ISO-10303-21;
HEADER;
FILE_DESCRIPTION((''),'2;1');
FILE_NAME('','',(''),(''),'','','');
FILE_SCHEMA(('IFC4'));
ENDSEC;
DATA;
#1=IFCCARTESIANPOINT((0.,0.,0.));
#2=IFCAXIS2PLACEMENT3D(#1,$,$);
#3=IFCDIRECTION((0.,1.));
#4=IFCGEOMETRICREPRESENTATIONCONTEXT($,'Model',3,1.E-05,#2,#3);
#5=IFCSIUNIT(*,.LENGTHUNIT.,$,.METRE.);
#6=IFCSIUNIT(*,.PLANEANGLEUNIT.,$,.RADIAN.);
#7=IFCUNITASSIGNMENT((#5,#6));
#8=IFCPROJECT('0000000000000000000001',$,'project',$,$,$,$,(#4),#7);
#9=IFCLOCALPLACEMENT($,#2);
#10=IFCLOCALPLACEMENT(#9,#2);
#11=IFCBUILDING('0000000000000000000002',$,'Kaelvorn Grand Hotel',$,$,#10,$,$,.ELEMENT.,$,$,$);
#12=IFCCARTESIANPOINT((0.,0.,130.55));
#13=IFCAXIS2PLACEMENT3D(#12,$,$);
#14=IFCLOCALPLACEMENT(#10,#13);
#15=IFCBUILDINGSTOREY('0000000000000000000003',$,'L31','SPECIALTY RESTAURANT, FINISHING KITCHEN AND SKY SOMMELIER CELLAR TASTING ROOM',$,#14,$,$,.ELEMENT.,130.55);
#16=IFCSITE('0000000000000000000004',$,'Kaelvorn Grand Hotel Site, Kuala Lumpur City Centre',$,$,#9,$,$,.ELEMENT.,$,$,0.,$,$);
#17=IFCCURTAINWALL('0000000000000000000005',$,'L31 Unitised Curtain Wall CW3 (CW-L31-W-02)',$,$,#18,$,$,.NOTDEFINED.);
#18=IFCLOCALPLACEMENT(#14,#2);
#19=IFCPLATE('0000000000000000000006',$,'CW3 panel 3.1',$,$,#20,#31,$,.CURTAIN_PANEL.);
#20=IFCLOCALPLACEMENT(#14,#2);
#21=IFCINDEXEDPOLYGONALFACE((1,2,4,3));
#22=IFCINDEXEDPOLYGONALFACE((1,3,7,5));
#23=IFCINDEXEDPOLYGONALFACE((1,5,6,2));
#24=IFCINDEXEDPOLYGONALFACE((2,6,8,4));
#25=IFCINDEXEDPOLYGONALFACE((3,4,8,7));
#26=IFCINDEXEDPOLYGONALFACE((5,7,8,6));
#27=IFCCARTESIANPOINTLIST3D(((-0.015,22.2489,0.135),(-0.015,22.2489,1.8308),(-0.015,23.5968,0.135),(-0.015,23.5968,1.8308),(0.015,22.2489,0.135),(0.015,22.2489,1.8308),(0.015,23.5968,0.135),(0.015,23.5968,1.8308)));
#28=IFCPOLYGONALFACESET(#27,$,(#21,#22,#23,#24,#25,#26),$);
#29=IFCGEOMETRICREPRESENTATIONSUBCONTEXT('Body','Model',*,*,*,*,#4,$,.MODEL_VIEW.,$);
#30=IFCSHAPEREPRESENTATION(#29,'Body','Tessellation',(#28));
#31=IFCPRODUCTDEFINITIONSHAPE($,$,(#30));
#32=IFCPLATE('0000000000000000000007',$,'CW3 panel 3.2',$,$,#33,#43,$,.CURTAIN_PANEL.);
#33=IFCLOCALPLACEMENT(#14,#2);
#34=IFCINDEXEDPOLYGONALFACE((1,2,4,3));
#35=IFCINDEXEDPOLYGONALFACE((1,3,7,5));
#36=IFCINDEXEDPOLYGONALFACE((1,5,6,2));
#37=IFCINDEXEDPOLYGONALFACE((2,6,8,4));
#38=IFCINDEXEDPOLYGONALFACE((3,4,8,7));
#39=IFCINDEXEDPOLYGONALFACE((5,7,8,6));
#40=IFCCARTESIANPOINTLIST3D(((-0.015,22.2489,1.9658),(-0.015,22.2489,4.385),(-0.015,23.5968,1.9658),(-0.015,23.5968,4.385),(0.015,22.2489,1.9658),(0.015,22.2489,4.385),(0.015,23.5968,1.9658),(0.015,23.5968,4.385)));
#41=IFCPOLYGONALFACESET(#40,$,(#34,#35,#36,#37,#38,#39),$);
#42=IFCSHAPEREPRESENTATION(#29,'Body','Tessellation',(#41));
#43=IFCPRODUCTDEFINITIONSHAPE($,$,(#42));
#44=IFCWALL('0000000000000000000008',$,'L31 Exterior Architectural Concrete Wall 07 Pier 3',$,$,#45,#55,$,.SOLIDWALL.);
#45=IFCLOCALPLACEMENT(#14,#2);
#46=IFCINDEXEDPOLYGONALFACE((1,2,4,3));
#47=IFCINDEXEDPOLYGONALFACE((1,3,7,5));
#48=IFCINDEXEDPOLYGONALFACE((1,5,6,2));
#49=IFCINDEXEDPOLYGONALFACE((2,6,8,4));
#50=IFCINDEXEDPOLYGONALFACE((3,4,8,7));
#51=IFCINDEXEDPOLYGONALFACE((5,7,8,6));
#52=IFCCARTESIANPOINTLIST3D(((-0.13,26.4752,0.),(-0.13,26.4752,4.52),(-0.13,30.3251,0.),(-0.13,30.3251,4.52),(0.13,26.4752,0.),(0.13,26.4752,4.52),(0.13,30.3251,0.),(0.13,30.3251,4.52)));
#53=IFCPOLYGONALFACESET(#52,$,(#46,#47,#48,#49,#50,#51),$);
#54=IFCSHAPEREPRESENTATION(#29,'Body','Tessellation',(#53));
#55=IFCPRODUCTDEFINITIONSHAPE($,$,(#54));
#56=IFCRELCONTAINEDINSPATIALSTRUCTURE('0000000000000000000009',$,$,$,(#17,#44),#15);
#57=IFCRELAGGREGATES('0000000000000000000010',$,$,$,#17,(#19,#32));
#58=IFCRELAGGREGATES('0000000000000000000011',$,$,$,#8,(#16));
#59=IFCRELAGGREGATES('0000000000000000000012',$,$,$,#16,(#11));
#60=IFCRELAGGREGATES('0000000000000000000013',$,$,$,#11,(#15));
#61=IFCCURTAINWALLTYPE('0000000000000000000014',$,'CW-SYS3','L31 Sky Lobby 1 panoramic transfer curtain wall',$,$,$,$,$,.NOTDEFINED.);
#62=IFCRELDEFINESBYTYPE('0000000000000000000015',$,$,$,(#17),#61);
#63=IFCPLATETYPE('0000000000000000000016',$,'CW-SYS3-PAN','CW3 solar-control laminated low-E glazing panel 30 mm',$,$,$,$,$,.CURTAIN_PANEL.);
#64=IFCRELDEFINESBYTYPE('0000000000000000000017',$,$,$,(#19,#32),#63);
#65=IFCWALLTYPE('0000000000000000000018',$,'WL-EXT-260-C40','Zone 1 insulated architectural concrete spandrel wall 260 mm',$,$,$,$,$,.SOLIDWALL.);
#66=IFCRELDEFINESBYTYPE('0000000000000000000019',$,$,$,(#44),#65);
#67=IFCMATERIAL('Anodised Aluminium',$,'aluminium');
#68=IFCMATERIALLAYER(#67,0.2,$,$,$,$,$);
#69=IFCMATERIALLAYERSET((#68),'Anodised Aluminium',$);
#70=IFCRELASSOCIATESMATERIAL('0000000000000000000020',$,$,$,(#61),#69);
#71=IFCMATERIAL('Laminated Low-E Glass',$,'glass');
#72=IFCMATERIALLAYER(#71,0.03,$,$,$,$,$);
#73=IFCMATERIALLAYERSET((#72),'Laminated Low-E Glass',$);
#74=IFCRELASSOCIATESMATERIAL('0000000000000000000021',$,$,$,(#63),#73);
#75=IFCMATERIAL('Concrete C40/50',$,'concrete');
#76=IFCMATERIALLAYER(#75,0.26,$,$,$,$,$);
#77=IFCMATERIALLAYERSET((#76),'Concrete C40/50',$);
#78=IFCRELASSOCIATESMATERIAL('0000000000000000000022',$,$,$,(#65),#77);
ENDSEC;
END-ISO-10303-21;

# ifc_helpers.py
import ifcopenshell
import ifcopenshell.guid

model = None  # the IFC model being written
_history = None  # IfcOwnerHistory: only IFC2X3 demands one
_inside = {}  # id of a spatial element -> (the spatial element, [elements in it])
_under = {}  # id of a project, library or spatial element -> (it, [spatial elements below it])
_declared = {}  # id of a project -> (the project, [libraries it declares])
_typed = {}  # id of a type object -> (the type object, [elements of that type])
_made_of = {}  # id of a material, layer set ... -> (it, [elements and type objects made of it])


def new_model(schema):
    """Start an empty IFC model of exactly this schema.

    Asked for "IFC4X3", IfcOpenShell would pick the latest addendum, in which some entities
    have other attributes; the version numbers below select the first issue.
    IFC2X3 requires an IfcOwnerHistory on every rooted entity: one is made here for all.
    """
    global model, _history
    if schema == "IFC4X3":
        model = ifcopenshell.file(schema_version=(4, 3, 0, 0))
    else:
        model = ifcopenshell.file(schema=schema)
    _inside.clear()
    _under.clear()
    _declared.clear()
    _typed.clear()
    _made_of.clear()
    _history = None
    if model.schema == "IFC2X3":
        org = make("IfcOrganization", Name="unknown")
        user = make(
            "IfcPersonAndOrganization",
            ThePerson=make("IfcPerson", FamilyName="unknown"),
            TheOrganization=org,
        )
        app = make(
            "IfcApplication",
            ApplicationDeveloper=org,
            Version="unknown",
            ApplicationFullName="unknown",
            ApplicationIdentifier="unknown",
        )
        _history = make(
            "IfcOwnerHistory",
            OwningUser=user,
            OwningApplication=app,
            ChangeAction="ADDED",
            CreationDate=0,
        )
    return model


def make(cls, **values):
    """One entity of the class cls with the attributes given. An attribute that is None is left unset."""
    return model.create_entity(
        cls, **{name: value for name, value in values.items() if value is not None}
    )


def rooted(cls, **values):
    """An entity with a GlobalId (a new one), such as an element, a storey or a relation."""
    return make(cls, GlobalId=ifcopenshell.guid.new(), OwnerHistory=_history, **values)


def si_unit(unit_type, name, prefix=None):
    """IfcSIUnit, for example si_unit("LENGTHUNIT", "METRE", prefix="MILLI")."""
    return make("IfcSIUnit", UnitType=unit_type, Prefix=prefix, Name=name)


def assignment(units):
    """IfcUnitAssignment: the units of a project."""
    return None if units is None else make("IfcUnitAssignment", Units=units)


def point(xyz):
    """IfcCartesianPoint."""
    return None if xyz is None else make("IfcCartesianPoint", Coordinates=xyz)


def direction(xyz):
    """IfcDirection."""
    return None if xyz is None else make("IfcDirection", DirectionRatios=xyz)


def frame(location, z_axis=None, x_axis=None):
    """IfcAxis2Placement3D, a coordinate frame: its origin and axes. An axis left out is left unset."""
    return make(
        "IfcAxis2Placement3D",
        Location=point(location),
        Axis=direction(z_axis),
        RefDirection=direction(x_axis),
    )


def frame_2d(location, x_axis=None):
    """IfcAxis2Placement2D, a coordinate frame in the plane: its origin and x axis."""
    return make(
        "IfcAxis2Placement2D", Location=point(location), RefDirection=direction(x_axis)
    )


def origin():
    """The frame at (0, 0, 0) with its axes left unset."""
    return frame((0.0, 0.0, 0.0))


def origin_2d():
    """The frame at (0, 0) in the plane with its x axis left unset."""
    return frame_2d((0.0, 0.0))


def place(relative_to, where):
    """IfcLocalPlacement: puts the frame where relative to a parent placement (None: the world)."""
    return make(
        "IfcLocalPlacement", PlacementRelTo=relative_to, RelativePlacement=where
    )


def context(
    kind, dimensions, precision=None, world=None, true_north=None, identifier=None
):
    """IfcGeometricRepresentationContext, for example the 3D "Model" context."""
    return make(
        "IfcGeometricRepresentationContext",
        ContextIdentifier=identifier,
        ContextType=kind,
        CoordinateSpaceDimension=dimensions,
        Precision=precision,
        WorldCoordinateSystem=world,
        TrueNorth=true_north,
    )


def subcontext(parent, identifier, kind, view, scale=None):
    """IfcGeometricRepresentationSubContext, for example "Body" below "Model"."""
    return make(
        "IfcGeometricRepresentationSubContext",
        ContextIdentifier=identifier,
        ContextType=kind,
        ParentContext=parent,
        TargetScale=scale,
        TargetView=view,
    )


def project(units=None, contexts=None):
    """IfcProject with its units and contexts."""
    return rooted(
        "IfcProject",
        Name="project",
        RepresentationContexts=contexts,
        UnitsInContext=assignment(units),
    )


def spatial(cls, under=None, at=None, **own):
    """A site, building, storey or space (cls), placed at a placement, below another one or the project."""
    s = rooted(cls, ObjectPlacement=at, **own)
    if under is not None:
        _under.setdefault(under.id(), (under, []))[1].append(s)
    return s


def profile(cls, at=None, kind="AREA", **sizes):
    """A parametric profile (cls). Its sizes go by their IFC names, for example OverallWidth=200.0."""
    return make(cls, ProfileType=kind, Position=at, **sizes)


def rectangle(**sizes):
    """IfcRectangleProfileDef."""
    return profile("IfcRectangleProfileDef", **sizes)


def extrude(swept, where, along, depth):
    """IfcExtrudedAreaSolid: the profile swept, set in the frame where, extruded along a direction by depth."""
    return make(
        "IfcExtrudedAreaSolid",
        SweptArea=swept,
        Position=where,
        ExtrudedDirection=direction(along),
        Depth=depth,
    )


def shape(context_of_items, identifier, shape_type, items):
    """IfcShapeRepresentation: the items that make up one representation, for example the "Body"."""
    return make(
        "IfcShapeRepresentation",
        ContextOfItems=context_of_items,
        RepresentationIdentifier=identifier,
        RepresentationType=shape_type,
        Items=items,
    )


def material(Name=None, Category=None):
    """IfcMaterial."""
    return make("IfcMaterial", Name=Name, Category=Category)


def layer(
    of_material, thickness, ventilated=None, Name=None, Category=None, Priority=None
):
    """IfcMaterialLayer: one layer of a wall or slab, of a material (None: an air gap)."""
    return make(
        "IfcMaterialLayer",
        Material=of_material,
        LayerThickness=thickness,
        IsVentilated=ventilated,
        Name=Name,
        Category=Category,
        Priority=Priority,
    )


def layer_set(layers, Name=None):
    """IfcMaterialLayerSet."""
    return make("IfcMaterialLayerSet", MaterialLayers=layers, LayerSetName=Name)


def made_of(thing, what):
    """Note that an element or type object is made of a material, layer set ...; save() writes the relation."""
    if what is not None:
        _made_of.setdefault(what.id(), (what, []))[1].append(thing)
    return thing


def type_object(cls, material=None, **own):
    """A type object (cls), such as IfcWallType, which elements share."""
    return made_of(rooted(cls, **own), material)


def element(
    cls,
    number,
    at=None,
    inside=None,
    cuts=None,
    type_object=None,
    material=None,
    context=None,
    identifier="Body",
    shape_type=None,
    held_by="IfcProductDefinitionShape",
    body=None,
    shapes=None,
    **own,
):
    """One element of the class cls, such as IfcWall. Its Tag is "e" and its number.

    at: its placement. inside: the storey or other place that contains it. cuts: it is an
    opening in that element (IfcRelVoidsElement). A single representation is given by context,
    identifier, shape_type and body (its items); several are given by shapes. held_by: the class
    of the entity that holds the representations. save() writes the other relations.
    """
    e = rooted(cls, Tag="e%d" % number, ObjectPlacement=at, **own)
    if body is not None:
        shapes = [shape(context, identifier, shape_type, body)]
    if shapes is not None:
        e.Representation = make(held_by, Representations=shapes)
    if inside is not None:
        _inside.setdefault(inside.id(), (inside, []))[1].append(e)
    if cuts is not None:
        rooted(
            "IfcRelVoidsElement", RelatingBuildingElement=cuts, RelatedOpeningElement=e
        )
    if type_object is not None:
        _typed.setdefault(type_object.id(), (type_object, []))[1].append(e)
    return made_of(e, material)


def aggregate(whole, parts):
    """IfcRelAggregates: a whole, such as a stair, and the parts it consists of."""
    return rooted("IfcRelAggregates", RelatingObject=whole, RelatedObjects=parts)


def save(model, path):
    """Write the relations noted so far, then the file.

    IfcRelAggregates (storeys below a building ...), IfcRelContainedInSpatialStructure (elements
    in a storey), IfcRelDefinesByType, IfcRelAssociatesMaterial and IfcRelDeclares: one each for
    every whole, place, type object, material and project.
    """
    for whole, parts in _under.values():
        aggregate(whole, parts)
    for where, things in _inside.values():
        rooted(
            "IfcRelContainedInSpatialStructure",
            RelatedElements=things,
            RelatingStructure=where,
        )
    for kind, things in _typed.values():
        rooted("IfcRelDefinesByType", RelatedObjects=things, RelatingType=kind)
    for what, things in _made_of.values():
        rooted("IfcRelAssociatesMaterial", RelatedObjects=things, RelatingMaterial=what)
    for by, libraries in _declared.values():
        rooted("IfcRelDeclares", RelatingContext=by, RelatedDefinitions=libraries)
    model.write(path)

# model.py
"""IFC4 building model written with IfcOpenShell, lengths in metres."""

from ifc_helpers import new_model, si_unit, direction, frame, frame_2d, origin, origin_2d, place, context, subcontext, project, spatial, rectangle, extrude, material, layer, layer_set, type_object, element, aggregate, save


model = new_model("IFC4")

# Units and contexts
model_context = context("Model", 3, precision=1e-05, world=origin(), true_north=direction((0.0, 1.0)))
body_context = subcontext(model_context, "Body", "Model", "MODEL_VIEW")
ifc_project = project(units=[si_unit("LENGTHUNIT", "METRE"), si_unit("PLANEANGLEUNIT", "RADIAN")], contexts=[model_context])

# Site, building, storey
site_placement = place(None, origin())
site = spatial("IfcSite", under=ifc_project, at=site_placement, Name="Kaelvorn Grand Hotel Site, Kuala Lumpur City Centre", CompositionType="ELEMENT", RefElevation=0.0)
building_placement = place(site_placement, origin())
building = spatial("IfcBuilding", under=site, at=building_placement, Name="Kaelvorn Grand Hotel", CompositionType="ELEMENT")
storey_placement = place(building_placement, frame((0.0, 0.0, 130.55)))
storey = spatial("IfcBuildingStorey", under=building, at=storey_placement, Name="L31", Description="SPECIALTY RESTAURANT, FINISHING KITCHEN AND SKY SOMMELIER CELLAR TASTING ROOM", CompositionType="ELEMENT", Elevation=130.55)

# Curtain wall, plates
ifc_material_1 = material(Name="Anodised Aluminium", Category="aluminium")
ifc_layer_1 = layer(ifc_material_1, 0.2)
ifc_layer_set_1 = layer_set([ifc_layer_1], Name="Anodised Aluminium")
curtain_wall_type = type_object("IfcCurtainWallType", Name="CW-SYS3", Description="L31 Sky Lobby 1 panoramic transfer curtain wall", PredefinedType="NOTDEFINED", material=ifc_layer_set_1)
curtain_wall_placement = place(storey_placement, origin())
curtain_wall = element("IfcCurtainWall", 1, at=curtain_wall_placement, inside=storey, type_object=curtain_wall_type, Name="L31 Unitised Curtain Wall CW3 (CW-L31-W-02)", PredefinedType="NOTDEFINED")
ifc_material_2 = material(Name="Laminated Low-E Glass", Category="glass")
ifc_layer_2 = layer(ifc_material_2, 0.03)
ifc_layer_set_2 = layer_set([ifc_layer_2], Name="Laminated Low-E Glass")
plate_type = type_object("IfcPlateType", Name="CW-SYS3-PAN", Description="CW3 solar-control laminated low-E glazing panel 30 mm", PredefinedType="CURTAIN_PANEL", material=ifc_layer_set_2)
plate_1_placement = place(storey_placement, frame((0.0, 22.9229, 0.135), z_axis=(0.0, 0.0, 1.0), x_axis=(0.0, -1.0, 0.0)))
plate_1 = element("IfcPlate", 2, at=plate_1_placement, type_object=plate_type, Name="CW3 panel 3.1", PredefinedType="CURTAIN_PANEL", context=body_context, shape_type="SweptSolid", body=[
    extrude(rectangle(XDim=1.3479, YDim=0.03, at=origin_2d()), origin(), (0.0, 0.0, 1.0), 1.6958),
])
plate_2_placement = place(storey_placement, frame((0.0, 22.9229, 1.9658), z_axis=(0.0, 0.0, 1.0), x_axis=(0.0, -1.0, 0.0)))
plate_2 = element("IfcPlate", 3, at=plate_2_placement, type_object=plate_type, Name="CW3 panel 3.2", PredefinedType="CURTAIN_PANEL", context=body_context, shape_type="SweptSolid", body=[
    extrude(rectangle(XDim=1.3479, YDim=0.03, at=origin_2d()), origin(), (0.0, 0.0, 1.0), 2.4192),
])
aggregate(curtain_wall, [plate_1, plate_2])

# Wall
ifc_material_3 = material(Name="Concrete C40/50", Category="concrete")
ifc_layer_3 = layer(ifc_material_3, 0.26)
ifc_layer_set_3 = layer_set([ifc_layer_3], Name="Concrete C40/50")
wall_type = type_object("IfcWallType", Name="WL-EXT-260-C40", Description="Zone 1 insulated architectural concrete spandrel wall 260 mm", PredefinedType="SOLIDWALL", material=ifc_layer_set_3)
wall_placement = place(storey_placement, frame((0.0, 30.325, 0.0), z_axis=(0.0, 0.0, 1.0), x_axis=(0.0, -1.0, 0.0)))
element("IfcWall", 4, at=wall_placement, inside=storey, type_object=wall_type, Name="L31 Exterior Architectural Concrete Wall 07 Pier 3", PredefinedType="SOLIDWALL", context=body_context, shape_type="SweptSolid", body=[
    extrude(rectangle(XDim=3.8499, YDim=0.26, at=frame_2d((1.9248, 0.0))), origin(), (0.0, 0.0, 1.0), 4.52),
])

save(model, "model.ifc")
